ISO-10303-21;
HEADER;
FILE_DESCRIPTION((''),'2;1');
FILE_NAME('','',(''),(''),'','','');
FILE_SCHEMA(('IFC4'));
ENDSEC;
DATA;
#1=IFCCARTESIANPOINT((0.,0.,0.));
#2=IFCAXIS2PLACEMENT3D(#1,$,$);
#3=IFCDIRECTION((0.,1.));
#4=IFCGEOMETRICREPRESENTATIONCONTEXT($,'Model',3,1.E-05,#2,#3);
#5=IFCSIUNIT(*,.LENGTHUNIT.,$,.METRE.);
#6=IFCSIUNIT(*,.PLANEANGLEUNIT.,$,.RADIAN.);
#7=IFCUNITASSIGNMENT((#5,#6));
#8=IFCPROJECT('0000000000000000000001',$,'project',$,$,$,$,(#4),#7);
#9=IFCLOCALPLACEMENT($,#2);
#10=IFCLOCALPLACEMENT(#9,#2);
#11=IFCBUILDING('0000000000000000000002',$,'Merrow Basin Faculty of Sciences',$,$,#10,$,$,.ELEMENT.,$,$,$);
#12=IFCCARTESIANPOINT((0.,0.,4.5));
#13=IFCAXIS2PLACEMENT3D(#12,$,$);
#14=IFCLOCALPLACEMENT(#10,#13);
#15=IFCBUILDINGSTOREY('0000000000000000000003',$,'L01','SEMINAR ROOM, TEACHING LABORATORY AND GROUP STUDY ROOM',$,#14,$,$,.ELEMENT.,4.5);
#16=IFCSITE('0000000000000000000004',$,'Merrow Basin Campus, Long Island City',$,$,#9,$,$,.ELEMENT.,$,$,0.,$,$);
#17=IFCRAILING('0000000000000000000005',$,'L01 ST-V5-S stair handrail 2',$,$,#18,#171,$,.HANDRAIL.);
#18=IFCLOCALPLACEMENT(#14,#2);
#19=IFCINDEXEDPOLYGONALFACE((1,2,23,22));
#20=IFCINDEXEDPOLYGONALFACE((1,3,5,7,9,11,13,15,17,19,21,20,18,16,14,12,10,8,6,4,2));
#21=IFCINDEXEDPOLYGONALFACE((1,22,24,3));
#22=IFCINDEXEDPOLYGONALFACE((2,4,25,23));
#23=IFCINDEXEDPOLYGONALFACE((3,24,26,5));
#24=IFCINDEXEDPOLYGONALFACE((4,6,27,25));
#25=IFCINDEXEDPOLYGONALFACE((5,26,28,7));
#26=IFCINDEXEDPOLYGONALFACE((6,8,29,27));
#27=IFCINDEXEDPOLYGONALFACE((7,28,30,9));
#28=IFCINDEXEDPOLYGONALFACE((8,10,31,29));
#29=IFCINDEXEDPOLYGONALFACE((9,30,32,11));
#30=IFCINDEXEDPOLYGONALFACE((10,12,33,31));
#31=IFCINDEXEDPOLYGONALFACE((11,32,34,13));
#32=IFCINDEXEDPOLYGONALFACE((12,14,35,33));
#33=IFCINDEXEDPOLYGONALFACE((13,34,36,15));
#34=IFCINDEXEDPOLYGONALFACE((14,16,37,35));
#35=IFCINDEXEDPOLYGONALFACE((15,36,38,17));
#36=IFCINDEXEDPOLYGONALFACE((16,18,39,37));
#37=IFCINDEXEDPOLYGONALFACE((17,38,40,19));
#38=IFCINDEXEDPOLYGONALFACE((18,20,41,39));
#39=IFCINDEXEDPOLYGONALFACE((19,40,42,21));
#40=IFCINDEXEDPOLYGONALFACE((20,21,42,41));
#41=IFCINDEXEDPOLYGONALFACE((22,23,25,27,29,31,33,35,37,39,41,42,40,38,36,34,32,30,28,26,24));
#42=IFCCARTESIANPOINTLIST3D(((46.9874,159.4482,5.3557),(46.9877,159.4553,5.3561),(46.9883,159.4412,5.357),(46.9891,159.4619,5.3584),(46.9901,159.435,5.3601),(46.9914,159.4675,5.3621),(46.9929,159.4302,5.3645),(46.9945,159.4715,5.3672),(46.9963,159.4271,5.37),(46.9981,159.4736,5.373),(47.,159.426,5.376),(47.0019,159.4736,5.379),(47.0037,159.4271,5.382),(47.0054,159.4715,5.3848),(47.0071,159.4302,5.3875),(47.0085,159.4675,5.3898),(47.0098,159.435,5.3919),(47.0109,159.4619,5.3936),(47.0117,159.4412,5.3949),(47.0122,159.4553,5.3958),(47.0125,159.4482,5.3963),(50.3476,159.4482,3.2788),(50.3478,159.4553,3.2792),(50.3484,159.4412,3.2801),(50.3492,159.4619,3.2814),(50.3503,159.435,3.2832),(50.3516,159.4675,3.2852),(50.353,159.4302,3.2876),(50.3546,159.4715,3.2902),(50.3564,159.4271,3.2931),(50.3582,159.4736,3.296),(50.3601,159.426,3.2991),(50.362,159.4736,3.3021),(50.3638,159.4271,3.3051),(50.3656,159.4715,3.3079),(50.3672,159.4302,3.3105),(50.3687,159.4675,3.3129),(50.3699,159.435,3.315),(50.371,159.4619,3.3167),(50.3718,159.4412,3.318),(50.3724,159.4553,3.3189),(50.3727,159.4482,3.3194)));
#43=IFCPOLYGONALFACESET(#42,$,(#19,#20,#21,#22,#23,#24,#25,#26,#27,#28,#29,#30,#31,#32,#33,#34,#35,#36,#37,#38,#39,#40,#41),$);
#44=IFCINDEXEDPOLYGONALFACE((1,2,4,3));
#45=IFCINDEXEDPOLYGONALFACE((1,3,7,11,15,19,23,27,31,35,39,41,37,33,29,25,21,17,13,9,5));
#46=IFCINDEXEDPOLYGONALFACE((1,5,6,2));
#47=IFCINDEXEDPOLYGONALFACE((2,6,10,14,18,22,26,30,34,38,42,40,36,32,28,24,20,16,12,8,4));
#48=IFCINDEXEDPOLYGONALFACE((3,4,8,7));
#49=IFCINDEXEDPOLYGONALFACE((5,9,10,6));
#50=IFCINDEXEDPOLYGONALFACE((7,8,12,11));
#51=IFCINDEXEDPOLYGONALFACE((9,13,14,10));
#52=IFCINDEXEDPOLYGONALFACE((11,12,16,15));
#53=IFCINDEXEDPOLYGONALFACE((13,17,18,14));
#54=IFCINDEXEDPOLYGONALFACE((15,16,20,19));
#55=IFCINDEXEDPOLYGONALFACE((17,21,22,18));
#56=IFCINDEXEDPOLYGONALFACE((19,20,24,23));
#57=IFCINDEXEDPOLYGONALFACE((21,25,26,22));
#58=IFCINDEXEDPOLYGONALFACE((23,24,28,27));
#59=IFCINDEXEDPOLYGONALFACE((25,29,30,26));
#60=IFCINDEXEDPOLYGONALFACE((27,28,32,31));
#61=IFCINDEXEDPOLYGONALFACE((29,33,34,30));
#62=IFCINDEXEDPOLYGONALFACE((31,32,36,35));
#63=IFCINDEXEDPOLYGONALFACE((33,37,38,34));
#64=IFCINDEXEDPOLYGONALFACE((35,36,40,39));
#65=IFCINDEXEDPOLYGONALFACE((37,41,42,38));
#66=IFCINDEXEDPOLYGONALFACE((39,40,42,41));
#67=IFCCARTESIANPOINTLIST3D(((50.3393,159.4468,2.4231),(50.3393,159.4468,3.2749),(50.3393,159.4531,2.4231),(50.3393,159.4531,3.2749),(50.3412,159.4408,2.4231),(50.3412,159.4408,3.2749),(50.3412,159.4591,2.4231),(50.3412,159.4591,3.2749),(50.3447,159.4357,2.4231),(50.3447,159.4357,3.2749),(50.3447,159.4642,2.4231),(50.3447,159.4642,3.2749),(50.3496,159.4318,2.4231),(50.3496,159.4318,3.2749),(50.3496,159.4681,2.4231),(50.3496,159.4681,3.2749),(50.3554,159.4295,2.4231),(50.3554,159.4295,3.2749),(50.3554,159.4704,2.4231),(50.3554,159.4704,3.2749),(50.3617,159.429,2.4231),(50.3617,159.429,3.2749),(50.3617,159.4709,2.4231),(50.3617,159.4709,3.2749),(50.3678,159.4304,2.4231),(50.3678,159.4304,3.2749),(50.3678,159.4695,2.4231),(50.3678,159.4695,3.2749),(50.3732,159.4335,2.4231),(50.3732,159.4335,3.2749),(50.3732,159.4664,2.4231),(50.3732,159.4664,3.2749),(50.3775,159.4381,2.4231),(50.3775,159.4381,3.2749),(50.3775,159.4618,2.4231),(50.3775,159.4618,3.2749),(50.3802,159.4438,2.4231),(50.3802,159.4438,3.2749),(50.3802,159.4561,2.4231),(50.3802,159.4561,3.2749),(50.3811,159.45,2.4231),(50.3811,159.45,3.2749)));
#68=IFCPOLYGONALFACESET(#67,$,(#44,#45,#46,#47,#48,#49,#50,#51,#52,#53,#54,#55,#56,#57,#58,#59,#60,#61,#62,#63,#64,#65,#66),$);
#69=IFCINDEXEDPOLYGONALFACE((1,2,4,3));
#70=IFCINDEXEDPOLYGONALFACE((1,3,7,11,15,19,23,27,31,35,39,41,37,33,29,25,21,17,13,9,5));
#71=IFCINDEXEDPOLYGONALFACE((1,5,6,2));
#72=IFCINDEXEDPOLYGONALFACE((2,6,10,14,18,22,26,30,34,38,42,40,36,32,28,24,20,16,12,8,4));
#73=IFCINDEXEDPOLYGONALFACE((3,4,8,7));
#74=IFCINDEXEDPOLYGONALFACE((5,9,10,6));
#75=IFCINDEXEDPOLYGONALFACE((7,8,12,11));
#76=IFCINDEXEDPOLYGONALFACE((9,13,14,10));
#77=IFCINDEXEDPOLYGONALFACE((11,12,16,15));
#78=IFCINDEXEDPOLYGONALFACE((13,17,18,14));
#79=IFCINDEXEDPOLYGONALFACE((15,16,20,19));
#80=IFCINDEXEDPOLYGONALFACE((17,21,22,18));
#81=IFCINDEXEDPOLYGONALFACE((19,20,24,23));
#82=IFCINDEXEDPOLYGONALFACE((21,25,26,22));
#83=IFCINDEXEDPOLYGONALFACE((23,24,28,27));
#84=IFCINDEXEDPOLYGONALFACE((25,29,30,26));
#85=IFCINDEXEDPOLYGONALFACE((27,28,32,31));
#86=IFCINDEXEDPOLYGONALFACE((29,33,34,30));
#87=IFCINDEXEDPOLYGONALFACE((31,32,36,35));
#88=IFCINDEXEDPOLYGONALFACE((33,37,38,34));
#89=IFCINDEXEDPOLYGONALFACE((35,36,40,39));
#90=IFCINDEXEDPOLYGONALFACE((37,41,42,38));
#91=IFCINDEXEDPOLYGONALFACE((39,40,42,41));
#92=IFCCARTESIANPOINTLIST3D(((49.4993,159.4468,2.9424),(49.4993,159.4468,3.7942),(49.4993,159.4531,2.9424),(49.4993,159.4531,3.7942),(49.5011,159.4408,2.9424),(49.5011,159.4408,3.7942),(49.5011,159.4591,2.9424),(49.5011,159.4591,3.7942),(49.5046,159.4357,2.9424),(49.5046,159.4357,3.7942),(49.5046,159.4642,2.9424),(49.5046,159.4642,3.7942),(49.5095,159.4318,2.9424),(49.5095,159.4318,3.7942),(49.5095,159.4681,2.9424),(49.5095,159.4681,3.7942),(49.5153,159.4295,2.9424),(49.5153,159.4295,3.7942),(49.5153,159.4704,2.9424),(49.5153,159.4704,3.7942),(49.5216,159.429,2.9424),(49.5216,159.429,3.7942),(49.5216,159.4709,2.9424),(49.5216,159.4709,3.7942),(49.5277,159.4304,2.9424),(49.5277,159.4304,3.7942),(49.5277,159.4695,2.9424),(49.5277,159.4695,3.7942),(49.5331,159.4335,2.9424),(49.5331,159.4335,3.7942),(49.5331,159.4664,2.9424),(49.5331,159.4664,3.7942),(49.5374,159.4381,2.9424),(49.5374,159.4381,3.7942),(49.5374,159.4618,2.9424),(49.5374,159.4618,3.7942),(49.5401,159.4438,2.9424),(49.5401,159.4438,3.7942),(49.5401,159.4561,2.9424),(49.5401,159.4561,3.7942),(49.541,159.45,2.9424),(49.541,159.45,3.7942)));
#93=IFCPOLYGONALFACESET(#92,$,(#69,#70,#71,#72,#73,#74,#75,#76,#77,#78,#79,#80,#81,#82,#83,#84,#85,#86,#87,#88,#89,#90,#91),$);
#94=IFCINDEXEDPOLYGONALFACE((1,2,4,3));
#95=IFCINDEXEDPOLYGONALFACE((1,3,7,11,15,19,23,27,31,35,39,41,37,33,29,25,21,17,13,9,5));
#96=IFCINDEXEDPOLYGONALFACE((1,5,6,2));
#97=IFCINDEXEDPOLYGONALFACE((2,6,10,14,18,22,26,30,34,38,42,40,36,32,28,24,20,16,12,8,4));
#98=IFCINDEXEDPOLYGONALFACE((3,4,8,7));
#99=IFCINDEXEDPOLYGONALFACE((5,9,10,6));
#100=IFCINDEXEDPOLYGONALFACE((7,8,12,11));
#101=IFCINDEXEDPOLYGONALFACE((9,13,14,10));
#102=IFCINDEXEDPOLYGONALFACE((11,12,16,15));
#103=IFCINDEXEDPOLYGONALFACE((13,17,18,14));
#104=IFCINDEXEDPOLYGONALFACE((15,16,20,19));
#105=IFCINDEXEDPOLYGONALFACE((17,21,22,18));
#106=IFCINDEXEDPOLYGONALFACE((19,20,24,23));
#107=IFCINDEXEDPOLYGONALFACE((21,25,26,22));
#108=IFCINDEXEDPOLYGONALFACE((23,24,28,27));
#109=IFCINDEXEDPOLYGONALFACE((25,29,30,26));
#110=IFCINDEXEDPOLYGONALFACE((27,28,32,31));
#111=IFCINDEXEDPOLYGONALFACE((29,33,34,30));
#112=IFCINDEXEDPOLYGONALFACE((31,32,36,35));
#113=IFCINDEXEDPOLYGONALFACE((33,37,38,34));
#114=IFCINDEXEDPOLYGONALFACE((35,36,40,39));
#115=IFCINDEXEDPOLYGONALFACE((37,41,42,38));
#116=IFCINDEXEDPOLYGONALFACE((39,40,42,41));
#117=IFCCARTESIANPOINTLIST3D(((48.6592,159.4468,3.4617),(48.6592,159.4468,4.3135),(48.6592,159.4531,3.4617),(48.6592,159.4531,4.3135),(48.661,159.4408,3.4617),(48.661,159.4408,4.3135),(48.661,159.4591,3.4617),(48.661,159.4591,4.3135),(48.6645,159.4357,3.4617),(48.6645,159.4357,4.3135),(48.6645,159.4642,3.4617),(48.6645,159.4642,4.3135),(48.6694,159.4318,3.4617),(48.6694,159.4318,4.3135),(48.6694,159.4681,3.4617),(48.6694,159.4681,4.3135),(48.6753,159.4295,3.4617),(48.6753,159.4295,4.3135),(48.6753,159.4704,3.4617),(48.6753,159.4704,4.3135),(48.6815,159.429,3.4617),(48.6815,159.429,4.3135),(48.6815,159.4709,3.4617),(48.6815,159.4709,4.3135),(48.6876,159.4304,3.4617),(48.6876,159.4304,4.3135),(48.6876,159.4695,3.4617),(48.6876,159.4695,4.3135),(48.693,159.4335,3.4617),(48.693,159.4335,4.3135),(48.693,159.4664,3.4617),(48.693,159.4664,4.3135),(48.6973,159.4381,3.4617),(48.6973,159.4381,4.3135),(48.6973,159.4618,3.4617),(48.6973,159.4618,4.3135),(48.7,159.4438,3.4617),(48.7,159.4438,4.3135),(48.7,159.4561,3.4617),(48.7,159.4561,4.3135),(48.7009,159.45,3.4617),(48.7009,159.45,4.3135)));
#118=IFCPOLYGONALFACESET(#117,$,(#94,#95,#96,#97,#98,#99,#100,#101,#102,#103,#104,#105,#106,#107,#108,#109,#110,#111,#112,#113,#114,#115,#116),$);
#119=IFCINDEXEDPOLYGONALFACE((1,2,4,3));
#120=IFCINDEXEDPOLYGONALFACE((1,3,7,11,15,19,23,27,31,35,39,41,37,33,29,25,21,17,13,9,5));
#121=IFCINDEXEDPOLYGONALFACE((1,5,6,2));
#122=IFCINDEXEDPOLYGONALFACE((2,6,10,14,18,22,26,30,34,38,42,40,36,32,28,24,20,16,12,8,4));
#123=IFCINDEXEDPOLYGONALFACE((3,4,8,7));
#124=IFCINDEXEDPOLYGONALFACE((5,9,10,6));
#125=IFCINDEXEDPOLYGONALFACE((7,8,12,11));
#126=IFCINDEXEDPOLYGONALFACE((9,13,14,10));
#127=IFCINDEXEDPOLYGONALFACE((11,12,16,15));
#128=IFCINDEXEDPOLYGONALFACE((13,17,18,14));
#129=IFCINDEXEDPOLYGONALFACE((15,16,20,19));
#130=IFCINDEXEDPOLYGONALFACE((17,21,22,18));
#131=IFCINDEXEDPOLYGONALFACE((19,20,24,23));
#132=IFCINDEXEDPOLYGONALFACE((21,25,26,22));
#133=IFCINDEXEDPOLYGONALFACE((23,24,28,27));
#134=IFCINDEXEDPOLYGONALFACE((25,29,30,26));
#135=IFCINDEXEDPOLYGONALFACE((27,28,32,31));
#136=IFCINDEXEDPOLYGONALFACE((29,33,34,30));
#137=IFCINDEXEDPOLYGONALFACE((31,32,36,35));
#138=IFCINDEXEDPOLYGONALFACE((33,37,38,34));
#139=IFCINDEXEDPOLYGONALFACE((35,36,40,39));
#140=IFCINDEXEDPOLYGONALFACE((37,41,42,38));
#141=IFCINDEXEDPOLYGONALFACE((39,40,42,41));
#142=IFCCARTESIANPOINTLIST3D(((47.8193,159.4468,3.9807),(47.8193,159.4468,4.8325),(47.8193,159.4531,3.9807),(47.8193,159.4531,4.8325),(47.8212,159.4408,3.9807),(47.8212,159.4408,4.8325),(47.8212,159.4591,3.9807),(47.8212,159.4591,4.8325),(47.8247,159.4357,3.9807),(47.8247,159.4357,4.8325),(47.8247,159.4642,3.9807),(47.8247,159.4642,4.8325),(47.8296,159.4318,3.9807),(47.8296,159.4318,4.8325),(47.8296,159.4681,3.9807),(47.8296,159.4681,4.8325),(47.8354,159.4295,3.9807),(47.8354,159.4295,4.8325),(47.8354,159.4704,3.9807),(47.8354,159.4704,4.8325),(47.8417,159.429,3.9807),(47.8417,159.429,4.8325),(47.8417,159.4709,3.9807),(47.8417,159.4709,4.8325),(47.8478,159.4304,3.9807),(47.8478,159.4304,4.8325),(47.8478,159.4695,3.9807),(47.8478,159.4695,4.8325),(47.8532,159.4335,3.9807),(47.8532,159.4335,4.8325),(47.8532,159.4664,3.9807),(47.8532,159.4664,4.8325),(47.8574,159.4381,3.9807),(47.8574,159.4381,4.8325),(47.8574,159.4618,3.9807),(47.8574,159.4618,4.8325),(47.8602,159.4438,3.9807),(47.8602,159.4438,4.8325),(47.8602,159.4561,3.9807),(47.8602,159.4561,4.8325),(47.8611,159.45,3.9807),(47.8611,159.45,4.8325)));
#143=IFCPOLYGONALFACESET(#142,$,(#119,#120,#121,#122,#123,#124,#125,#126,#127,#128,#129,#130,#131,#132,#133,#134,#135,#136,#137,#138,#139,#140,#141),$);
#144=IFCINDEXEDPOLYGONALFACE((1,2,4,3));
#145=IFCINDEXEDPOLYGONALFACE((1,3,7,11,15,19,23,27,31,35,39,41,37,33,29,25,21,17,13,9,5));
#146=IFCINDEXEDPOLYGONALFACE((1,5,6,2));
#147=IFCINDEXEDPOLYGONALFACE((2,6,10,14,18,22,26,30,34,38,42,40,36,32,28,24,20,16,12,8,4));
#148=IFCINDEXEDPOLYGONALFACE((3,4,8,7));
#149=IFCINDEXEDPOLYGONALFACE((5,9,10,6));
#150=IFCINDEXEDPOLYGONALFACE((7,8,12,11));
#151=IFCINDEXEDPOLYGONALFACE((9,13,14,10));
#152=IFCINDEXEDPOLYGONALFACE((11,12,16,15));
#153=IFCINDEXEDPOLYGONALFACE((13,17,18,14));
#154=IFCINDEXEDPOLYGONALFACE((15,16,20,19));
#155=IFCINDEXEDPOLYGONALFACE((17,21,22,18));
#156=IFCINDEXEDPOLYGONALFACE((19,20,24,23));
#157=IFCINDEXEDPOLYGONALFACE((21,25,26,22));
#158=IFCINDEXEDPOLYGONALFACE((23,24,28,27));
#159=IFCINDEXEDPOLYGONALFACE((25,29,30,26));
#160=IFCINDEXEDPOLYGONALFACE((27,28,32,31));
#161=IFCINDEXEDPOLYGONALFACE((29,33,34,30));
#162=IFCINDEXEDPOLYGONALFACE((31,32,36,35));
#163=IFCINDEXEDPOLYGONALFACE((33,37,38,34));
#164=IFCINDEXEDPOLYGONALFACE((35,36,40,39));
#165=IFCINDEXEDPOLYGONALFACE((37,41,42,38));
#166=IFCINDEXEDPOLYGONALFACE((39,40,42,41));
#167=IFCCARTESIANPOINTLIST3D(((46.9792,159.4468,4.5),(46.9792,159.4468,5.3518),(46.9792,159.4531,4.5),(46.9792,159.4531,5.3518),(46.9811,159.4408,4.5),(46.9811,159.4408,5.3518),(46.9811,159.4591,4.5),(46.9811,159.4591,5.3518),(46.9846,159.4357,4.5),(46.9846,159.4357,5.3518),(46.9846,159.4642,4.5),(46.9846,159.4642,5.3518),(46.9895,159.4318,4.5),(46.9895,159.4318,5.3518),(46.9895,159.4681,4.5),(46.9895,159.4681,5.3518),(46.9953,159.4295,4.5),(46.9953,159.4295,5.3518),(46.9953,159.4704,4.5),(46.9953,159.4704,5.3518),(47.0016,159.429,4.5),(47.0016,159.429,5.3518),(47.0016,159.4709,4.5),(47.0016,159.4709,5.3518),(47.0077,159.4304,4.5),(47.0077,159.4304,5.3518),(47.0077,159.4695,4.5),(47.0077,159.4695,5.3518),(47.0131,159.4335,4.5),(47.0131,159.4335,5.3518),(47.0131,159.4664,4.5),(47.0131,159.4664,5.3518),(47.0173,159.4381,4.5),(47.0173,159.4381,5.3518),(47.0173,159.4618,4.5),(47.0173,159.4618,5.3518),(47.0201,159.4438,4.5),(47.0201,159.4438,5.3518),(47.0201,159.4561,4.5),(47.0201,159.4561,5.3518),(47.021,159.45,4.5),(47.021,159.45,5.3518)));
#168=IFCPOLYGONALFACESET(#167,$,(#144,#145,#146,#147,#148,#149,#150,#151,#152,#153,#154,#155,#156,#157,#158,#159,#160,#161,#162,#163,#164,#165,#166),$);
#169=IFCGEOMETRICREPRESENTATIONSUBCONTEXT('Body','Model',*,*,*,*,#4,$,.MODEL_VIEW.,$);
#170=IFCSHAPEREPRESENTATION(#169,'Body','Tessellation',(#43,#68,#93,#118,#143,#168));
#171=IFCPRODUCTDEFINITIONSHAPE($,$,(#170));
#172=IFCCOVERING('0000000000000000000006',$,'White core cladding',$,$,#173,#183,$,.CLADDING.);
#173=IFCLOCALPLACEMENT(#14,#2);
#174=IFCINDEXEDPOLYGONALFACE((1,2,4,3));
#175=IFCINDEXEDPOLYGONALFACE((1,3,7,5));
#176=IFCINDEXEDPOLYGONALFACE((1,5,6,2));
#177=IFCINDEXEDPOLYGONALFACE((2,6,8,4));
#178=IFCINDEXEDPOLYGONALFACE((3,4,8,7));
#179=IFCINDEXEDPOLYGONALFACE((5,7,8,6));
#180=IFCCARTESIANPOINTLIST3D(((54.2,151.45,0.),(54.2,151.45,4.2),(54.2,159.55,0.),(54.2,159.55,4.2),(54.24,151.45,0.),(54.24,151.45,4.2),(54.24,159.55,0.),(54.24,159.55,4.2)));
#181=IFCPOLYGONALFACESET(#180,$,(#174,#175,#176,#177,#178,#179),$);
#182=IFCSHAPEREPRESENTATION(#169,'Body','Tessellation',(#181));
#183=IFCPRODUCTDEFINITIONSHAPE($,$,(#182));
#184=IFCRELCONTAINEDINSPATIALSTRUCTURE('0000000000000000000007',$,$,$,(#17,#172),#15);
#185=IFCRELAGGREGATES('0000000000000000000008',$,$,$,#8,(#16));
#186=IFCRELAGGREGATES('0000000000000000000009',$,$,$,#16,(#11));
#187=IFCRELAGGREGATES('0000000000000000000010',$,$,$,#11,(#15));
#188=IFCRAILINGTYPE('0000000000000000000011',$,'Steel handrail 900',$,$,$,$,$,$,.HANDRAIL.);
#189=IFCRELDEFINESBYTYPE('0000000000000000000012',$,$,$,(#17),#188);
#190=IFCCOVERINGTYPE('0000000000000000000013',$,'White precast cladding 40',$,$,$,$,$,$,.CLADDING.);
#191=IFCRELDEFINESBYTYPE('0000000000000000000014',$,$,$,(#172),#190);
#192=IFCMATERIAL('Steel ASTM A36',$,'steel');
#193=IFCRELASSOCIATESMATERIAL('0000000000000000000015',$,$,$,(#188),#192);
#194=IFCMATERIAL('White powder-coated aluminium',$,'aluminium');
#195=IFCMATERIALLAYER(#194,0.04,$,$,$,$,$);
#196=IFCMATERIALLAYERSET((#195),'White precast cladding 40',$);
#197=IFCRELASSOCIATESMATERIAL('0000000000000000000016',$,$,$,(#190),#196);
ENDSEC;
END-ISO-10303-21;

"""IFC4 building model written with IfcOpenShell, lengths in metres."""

from ifc_helpers import new_model, si_unit, direction, frame, origin, origin_2d, place, context, subcontext, project, spatial, rectangle, circle, extrude, material, layer, layer_set, type_object, element, save


model = new_model("IFC4")

# Units and contexts
model_context = context("Model", 3, precision=1e-05, world=origin(), true_north=direction((0.0, 1.0)))
body_context = subcontext(model_context, "Body", "Model", "MODEL_VIEW")
ifc_project = project(units=[si_unit("LENGTHUNIT", "METRE"), si_unit("PLANEANGLEUNIT", "RADIAN")], contexts=[model_context])

# Site, building, storey
site_placement = place(None, origin())
site = spatial("IfcSite", under=ifc_project, at=site_placement, Name="Merrow Basin Campus, Long Island City", CompositionType="ELEMENT", RefElevation=0.0)
building_placement = place(site_placement, origin())
building = spatial("IfcBuilding", under=site, at=building_placement, Name="Merrow Basin Faculty of Sciences", CompositionType="ELEMENT")
storey_placement = place(building_placement, frame((0.0, 0.0, 4.5)))
storey = spatial("IfcBuildingStorey", under=building, at=storey_placement, Name="L01", Description="SEMINAR ROOM, TEACHING LABORATORY AND GROUP STUDY ROOM", CompositionType="ELEMENT", Elevation=4.5)

# Railing
ifc_material_1 = material(Name="Steel ASTM A36", Category="steel")
railing_type_1 = type_object("IfcRailingType", Name="Steel handrail 900", PredefinedType="HANDRAIL", material=ifc_material_1)
railing_1_placement = place(storey_placement, frame((50.3601, 159.45, 2.4231)))
element("IfcRailing", 1, at=railing_1_placement, inside=storey, type_object=railing_type_1, Name="L01 ST-V5-S stair handrail 2", PredefinedType="HANDRAIL", context=body_context, shape_type="SweptSolid", body=[
    extrude(circle(Radius=0.0239, at=origin_2d()), frame((0.0, 0.0, 0.876), z_axis=(-0.850623, 0.0, 0.525776), x_axis=(0.0, -1.0, 0.0)), (0.0, 0.0, 1.0), 3.9502),
    extrude(circle(Radius=0.021, at=origin_2d()), origin(), (0.0, 0.0, 1.0), 0.8518),
    extrude(circle(Radius=0.021, at=origin_2d()), frame((-0.8401, 0.0, 0.5193)), (0.0, 0.0, 1.0), 0.8518),
    extrude(circle(Radius=0.021, at=origin_2d()), frame((-1.6802, 0.0, 1.0386)), (0.0, 0.0, 1.0), 0.8518),
    extrude(circle(Radius=0.021, at=origin_2d()), frame((-2.52, 0.0, 1.5576)), (0.0, 0.0, 1.0), 0.8518),
    extrude(circle(Radius=0.021, at=origin_2d()), frame((-3.3601, 0.0, 2.0769)), (0.0, 0.0, 1.0), 0.8518),
])

# Covering
ifc_material_2 = material(Name="White powder-coated aluminium", Category="aluminium")
ifc_layer_1 = layer(ifc_material_2, 0.04)
ifc_layer_set_1 = layer_set([ifc_layer_1], Name="White precast cladding 40")
covering_type = type_object("IfcCoveringType", Name="White precast cladding 40", PredefinedType="CLADDING", material=ifc_layer_set_1)
covering_placement = place(storey_placement, frame((54.22, 155.5, 0.0), z_axis=(0.0, 0.0, 1.0), x_axis=(1.0, 0.0, 0.0)))
element("IfcCovering", 2, at=covering_placement, inside=storey, type_object=covering_type, Name="White core cladding", PredefinedType="CLADDING", context=body_context, shape_type="SweptSolid", body=[
    extrude(rectangle(XDim=0.04, YDim=8.1001, at=origin_2d()), origin(), (0.0, 0.0, 1.0), 4.2),
])

save(model, "model.ifc")
